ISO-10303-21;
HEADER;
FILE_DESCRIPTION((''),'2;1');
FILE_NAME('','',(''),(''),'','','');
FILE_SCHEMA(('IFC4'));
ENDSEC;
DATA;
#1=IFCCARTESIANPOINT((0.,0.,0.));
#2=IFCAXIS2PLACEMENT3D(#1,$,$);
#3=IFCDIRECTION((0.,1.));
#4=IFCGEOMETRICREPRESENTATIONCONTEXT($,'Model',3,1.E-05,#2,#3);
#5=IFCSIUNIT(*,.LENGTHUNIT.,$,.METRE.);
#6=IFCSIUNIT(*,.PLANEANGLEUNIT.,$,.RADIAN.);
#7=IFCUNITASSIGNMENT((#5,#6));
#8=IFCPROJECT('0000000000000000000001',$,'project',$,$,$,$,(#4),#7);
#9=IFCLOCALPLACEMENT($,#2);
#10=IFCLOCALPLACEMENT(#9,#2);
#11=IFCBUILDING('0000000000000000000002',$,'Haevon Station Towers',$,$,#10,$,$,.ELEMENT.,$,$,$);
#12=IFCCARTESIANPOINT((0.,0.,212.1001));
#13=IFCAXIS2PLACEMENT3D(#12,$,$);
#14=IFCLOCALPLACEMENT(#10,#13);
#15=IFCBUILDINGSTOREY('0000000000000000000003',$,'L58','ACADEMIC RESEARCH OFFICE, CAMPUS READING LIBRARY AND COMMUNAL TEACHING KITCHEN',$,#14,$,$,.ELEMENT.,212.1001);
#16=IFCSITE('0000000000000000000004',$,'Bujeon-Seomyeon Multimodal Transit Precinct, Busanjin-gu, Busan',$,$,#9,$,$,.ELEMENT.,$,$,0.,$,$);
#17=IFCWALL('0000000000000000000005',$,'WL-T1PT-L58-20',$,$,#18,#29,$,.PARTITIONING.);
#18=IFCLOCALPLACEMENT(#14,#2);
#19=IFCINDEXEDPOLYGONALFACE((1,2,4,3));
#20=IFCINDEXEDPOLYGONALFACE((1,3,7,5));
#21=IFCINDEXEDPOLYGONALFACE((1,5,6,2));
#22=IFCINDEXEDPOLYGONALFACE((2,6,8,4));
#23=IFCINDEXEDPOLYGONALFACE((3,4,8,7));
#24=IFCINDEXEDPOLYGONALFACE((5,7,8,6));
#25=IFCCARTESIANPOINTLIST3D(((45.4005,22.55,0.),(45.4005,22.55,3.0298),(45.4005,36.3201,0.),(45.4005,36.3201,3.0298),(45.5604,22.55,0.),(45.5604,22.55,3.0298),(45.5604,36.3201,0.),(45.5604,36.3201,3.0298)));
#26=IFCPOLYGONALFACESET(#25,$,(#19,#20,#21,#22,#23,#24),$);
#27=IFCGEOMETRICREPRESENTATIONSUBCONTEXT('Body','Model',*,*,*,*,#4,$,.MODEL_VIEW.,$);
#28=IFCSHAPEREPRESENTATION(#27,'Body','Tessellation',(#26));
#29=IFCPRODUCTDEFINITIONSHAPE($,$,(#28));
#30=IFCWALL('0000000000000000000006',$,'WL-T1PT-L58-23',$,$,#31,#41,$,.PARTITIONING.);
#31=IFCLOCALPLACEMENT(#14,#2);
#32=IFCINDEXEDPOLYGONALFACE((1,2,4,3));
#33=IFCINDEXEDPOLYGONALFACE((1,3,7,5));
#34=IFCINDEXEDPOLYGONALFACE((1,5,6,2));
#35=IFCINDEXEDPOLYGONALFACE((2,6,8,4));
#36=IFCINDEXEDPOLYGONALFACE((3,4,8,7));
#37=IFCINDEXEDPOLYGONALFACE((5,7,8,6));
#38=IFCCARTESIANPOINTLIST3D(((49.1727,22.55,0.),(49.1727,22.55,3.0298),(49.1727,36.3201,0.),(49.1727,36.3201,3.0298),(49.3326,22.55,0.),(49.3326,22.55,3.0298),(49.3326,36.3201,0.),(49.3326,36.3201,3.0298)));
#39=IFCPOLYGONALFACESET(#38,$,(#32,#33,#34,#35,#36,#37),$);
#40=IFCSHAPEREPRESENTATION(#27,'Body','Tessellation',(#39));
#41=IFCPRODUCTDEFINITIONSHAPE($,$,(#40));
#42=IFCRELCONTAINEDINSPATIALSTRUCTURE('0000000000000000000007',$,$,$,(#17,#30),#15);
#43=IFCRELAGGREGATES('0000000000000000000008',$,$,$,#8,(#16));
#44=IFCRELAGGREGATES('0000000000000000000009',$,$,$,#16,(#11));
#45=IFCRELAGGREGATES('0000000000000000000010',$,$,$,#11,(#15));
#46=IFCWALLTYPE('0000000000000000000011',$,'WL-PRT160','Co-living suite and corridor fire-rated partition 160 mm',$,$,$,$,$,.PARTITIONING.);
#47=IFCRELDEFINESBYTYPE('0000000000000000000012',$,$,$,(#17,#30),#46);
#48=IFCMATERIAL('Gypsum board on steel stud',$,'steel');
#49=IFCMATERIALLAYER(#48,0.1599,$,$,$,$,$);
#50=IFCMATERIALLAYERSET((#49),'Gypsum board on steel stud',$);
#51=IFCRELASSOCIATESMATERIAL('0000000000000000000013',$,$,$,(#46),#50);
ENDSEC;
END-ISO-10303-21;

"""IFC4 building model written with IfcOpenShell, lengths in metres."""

from ifc_helpers import new_model, si_unit, direction, frame, frame_2d, origin, place, context, subcontext, project, spatial, rectangle, extrude, material, layer, layer_set, type_object, element, save


model = new_model("IFC4")

# Units and contexts
model_context = context("Model", 3, precision=1e-05, world=origin(), true_north=direction((0.0, 1.0)))
body_context = subcontext(model_context, "Body", "Model", "MODEL_VIEW")
ifc_project = project(units=[si_unit("LENGTHUNIT", "METRE"), si_unit("PLANEANGLEUNIT", "RADIAN")], contexts=[model_context])

# Site, building, storey
site_placement = place(None, origin())
site = spatial("IfcSite", under=ifc_project, at=site_placement, Name="Bujeon-Seomyeon Multimodal Transit Precinct, Busanjin-gu, Busan", CompositionType="ELEMENT", RefElevation=0.0)
building_placement = place(site_placement, origin())
building = spatial("IfcBuilding", under=site, at=building_placement, Name="Haevon Station Towers", CompositionType="ELEMENT")
storey_placement = place(building_placement, frame((0.0, 0.0, 212.1001)))
storey = spatial("IfcBuildingStorey", under=building, at=storey_placement, Name="L58", Description="ACADEMIC RESEARCH OFFICE, CAMPUS READING LIBRARY AND COMMUNAL TEACHING KITCHEN", CompositionType="ELEMENT", Elevation=212.1001)

# Walls
ifc_material_1 = material(Name="Gypsum board on steel stud", Category="steel")
ifc_layer_1 = layer(ifc_material_1, 0.1599)
ifc_layer_set_1 = layer_set([ifc_layer_1], Name="Gypsum board on steel stud")
wall_type_1 = type_object("IfcWallType", Name="WL-PRT160", Description="Co-living suite and corridor fire-rated partition 160 mm", PredefinedType="PARTITIONING", material=ifc_layer_set_1)
for number, where, z_axis, x_axis, name in (
    (1, (45.4805, 22.55, 0.0), (0.0, 0.0, 1.0), (0.0, 1.0, 0.0), "WL-T1PT-L58-20"),
    (2, (49.2527, 22.55, 0.0), (0.0, 0.0, 1.0), (0.0, 1.0, 0.0), "WL-T1PT-L58-23"),
):
    element("IfcWall", number, at=place(storey_placement, frame(where, z_axis=z_axis, x_axis=x_axis)), inside=storey, type_object=wall_type_1, Name=name, PredefinedType="PARTITIONING", context=body_context, shape_type="SweptSolid", body=[
        extrude(rectangle(XDim=13.77, YDim=0.1599, at=frame_2d((6.885, 0.0))), origin(), (0.0, 0.0, 1.0), 3.0298),
    ])

save(model, "model.ifc")
